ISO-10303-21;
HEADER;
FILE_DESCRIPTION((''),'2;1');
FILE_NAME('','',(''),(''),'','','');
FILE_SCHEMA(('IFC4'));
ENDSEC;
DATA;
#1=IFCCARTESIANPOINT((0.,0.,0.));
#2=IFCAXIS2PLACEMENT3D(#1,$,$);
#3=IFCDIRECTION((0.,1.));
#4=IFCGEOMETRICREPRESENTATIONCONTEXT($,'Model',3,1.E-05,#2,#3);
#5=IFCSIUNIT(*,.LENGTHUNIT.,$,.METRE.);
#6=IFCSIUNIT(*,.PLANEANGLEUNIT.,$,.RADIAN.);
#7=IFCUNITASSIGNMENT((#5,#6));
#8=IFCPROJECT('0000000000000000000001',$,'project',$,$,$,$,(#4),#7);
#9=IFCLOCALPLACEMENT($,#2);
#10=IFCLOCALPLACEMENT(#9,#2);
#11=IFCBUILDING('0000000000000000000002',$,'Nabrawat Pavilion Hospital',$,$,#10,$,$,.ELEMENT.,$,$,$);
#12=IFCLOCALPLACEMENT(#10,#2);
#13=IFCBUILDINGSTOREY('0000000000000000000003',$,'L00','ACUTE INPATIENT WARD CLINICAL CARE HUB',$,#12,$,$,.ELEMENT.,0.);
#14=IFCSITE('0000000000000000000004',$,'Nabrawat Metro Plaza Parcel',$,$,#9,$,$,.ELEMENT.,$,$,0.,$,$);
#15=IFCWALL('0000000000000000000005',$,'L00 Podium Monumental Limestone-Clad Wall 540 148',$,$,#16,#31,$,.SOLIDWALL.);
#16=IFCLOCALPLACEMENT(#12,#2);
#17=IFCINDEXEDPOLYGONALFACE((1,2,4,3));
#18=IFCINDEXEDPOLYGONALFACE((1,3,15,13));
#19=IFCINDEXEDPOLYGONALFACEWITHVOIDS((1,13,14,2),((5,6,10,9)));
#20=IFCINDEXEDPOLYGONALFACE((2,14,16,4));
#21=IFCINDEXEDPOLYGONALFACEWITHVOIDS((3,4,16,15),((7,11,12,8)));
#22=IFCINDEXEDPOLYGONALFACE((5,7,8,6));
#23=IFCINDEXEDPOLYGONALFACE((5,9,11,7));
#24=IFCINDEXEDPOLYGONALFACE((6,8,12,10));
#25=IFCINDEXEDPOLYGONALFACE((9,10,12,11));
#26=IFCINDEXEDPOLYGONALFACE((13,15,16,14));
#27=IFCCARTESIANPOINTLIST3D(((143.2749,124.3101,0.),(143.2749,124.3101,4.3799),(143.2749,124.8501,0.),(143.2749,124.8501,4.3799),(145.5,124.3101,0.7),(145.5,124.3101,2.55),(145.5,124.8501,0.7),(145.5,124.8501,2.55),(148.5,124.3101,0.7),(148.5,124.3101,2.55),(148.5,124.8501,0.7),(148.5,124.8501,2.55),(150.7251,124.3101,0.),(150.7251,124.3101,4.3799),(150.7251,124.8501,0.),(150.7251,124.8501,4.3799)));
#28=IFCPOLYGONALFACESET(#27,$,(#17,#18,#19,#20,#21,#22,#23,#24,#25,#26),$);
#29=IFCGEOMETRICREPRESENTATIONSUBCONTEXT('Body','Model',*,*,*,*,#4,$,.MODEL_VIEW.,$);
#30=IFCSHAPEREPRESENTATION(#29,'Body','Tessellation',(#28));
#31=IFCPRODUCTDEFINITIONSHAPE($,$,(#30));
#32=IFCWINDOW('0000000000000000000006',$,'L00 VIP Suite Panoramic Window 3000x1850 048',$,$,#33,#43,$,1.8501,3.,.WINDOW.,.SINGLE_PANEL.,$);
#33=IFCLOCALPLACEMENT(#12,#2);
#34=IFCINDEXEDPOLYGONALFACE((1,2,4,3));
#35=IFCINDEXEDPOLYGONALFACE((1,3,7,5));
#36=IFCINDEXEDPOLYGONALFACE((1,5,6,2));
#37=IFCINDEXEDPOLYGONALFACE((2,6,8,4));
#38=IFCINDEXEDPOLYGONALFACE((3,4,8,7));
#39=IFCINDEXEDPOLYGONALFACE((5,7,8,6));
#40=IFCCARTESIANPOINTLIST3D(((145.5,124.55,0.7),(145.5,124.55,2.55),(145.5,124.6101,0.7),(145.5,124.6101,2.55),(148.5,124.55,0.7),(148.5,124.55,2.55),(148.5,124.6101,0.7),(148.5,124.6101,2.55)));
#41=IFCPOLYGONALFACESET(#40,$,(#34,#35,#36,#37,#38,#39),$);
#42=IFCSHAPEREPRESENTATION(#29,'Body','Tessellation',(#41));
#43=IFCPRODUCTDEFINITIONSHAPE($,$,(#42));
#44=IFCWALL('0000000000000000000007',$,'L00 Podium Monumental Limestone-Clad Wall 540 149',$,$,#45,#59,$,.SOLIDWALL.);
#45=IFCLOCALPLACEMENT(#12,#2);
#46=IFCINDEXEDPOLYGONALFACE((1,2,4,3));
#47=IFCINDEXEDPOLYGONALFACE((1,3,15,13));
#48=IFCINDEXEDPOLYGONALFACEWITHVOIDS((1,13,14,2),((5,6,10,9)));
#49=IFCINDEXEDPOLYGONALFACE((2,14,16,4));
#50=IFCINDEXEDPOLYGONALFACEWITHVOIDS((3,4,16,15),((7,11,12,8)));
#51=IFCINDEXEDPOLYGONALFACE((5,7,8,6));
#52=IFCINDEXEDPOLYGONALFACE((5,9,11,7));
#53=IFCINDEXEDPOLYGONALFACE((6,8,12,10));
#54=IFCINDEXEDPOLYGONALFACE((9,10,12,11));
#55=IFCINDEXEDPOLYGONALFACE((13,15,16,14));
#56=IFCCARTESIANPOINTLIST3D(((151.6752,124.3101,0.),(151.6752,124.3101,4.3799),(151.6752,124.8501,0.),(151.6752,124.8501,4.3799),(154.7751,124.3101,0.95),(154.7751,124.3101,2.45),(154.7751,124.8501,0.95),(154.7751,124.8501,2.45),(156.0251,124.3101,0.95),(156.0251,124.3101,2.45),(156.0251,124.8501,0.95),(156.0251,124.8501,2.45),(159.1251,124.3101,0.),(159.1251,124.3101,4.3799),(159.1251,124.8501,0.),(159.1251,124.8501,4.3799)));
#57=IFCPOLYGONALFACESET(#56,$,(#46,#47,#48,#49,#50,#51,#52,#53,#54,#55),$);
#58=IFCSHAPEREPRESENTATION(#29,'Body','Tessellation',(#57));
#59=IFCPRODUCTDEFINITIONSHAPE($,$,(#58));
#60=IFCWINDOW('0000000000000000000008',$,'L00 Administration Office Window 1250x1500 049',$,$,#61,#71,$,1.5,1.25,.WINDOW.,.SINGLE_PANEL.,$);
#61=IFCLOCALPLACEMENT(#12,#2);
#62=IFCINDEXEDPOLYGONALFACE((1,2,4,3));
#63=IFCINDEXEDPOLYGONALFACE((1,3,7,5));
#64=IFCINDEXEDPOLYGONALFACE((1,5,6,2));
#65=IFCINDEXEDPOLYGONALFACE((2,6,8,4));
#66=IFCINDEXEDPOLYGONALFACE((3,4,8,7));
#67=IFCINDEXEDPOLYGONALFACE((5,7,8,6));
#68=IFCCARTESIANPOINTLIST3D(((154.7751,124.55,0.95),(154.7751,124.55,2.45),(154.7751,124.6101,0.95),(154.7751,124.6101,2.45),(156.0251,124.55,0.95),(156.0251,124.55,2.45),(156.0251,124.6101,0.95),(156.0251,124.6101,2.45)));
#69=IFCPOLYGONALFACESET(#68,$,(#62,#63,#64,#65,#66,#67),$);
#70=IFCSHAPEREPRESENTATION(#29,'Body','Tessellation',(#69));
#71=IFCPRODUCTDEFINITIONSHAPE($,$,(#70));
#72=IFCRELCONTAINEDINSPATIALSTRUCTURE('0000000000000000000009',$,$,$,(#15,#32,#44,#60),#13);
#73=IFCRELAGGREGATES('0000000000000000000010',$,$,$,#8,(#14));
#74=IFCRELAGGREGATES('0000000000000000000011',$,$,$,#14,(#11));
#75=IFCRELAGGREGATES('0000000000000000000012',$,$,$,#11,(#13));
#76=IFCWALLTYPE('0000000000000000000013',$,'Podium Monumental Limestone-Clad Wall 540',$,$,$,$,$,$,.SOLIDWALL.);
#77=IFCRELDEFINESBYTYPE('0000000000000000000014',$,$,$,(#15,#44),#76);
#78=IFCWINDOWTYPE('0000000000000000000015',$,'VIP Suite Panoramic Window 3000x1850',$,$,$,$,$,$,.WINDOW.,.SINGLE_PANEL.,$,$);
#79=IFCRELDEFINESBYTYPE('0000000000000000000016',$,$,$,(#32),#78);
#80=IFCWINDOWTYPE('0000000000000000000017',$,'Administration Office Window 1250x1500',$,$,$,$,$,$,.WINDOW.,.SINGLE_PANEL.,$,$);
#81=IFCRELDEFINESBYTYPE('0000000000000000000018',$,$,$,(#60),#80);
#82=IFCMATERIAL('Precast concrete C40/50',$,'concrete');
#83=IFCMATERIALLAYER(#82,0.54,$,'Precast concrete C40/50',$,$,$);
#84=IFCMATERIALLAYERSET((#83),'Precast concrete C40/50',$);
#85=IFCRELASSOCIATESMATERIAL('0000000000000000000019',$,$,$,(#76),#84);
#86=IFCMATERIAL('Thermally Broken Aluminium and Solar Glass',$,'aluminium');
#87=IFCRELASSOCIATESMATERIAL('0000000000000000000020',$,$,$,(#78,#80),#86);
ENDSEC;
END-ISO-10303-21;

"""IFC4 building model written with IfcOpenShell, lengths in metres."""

from ifc_helpers import new_model, si_unit, direction, frame, frame_2d, origin, place, context, subcontext, project, spatial, rectangle, extrude, material, layer, layer_set, type_object, element, fill, save


model = new_model("IFC4")

# Units and contexts
model_context = context("Model", 3, precision=1e-05, world=origin(), true_north=direction((0.0, 1.0)))
body_context = subcontext(model_context, "Body", "Model", "MODEL_VIEW")
ifc_project = project(units=[si_unit("LENGTHUNIT", "METRE"), si_unit("PLANEANGLEUNIT", "RADIAN")], contexts=[model_context])

# Site, building, storey
site_placement = place(None, origin())
site = spatial("IfcSite", under=ifc_project, at=site_placement, Name="Nabrawat Metro Plaza Parcel", CompositionType="ELEMENT", RefElevation=0.0)
building_placement = place(site_placement, origin())
building = spatial("IfcBuilding", under=site, at=building_placement, Name="Nabrawat Pavilion Hospital", CompositionType="ELEMENT")
storey_placement = place(building_placement, origin())
storey = spatial("IfcBuildingStorey", under=building, at=storey_placement, Name="L00", Description="ACUTE INPATIENT WARD CLINICAL CARE HUB", CompositionType="ELEMENT", Elevation=0.0)

# Walls, openings, windows
ifc_material_1 = material(Name="Precast concrete C40/50", Category="concrete")
ifc_layer = layer(ifc_material_1, 0.54, Name="Precast concrete C40/50")
ifc_layer_set = layer_set([ifc_layer], Name="Precast concrete C40/50")
wall_type = type_object("IfcWallType", Name="Podium Monumental Limestone-Clad Wall 540", PredefinedType="SOLIDWALL", material=ifc_layer_set)
wall_1_placement = place(storey_placement, frame((143.2749, 124.5801, 0.0), z_axis=(0.0, 0.0, 1.0), x_axis=(1.0, 0.0, 0.0)))
wall_1 = element("IfcWall", 1, at=wall_1_placement, inside=storey, type_object=wall_type, Name="L00 Podium Monumental Limestone-Clad Wall 540 148", PredefinedType="SOLIDWALL", context=body_context, shape_type="SweptSolid", body=[
    extrude(rectangle(XDim=7.4502, YDim=0.54, at=frame_2d((3.7251, 0.0))), origin(), (0.0, 0.0, 1.0), 4.3799),
])
opening_1_placement = place(wall_1_placement, frame((2.2251, 0.0, 0.7)))
opening_1 = element("IfcOpeningElement", 2, at=opening_1_placement, cuts=wall_1, PredefinedType="OPENING", context=body_context, shape_type="SweptSolid", body=[
    extrude(rectangle(XDim=3.0, YDim=1.8501, at=frame_2d((1.5, 0.925))), frame((0.0, 0.28, 0.0), z_axis=(0.0, -1.0, 0.0), x_axis=(1.0, 0.0, 0.0)), (0.0, 0.0, 1.0), 0.5601),
])
ifc_material_2 = material(Name="Thermally Broken Aluminium and Solar Glass", Category="aluminium")
window_type_1 = type_object("IfcWindowType", Name="VIP Suite Panoramic Window 3000x1850", PartitioningType="SINGLE_PANEL", PredefinedType="WINDOW", material=ifc_material_2)
window_1_placement = place(opening_1_placement, origin())
window_1 = element("IfcWindow", 3, at=window_1_placement, inside=storey, type_object=window_type_1, Name="L00 VIP Suite Panoramic Window 3000x1850 048", OverallHeight=1.8501, OverallWidth=3.0, PartitioningType="SINGLE_PANEL", PredefinedType="WINDOW", context=body_context, shape_type="SweptSolid", body=[
    extrude(rectangle(XDim=3.0, YDim=1.8501, at=frame_2d((1.5, 0.925))), frame((0.0, 0.03, 0.0), z_axis=(0.0, -1.0, 0.0), x_axis=(1.0, 0.0, 0.0)), (0.0, 0.0, 1.0), 0.0601),
])
fill(opening_1, window_1)
wall_2_placement = place(storey_placement, frame((151.675, 124.5801, 0.0), z_axis=(0.0, 0.0, 1.0), x_axis=(1.0, 0.0, 0.0)))
wall_2 = element("IfcWall", 4, at=wall_2_placement, inside=storey, type_object=wall_type, Name="L00 Podium Monumental Limestone-Clad Wall 540 149", PredefinedType="SOLIDWALL", context=body_context, shape_type="SweptSolid", body=[
    extrude(rectangle(XDim=7.45, YDim=0.54, at=frame_2d((3.7251, 0.0))), origin(), (0.0, 0.0, 1.0), 4.3799),
])
opening_2_placement = place(wall_2_placement, frame((3.1001, 0.0, 0.95)))
opening_2 = element("IfcOpeningElement", 5, at=opening_2_placement, cuts=wall_2, PredefinedType="OPENING", context=body_context, shape_type="SweptSolid", body=[
    extrude(rectangle(XDim=1.25, YDim=1.5, at=frame_2d((0.625, 0.75))), frame((0.0, 0.28, 0.0), z_axis=(0.0, -1.0, 0.0), x_axis=(1.0, 0.0, 0.0)), (0.0, 0.0, 1.0), 0.5601),
])
window_type_2 = type_object("IfcWindowType", Name="Administration Office Window 1250x1500", PartitioningType="SINGLE_PANEL", PredefinedType="WINDOW", material=ifc_material_2)
window_2_placement = place(opening_2_placement, origin())
window_2 = element("IfcWindow", 6, at=window_2_placement, inside=storey, type_object=window_type_2, Name="L00 Administration Office Window 1250x1500 049", OverallHeight=1.5, OverallWidth=1.25, PartitioningType="SINGLE_PANEL", PredefinedType="WINDOW", context=body_context, shape_type="SweptSolid", body=[
    extrude(rectangle(XDim=1.25, YDim=1.5, at=frame_2d((0.625, 0.75))), frame((0.0, 0.03, 0.0), z_axis=(0.0, -1.0, 0.0), x_axis=(1.0, 0.0, 0.0)), (0.0, 0.0, 1.0), 0.0601),
])
fill(opening_2, window_2)

save(model, "model.ifc")
